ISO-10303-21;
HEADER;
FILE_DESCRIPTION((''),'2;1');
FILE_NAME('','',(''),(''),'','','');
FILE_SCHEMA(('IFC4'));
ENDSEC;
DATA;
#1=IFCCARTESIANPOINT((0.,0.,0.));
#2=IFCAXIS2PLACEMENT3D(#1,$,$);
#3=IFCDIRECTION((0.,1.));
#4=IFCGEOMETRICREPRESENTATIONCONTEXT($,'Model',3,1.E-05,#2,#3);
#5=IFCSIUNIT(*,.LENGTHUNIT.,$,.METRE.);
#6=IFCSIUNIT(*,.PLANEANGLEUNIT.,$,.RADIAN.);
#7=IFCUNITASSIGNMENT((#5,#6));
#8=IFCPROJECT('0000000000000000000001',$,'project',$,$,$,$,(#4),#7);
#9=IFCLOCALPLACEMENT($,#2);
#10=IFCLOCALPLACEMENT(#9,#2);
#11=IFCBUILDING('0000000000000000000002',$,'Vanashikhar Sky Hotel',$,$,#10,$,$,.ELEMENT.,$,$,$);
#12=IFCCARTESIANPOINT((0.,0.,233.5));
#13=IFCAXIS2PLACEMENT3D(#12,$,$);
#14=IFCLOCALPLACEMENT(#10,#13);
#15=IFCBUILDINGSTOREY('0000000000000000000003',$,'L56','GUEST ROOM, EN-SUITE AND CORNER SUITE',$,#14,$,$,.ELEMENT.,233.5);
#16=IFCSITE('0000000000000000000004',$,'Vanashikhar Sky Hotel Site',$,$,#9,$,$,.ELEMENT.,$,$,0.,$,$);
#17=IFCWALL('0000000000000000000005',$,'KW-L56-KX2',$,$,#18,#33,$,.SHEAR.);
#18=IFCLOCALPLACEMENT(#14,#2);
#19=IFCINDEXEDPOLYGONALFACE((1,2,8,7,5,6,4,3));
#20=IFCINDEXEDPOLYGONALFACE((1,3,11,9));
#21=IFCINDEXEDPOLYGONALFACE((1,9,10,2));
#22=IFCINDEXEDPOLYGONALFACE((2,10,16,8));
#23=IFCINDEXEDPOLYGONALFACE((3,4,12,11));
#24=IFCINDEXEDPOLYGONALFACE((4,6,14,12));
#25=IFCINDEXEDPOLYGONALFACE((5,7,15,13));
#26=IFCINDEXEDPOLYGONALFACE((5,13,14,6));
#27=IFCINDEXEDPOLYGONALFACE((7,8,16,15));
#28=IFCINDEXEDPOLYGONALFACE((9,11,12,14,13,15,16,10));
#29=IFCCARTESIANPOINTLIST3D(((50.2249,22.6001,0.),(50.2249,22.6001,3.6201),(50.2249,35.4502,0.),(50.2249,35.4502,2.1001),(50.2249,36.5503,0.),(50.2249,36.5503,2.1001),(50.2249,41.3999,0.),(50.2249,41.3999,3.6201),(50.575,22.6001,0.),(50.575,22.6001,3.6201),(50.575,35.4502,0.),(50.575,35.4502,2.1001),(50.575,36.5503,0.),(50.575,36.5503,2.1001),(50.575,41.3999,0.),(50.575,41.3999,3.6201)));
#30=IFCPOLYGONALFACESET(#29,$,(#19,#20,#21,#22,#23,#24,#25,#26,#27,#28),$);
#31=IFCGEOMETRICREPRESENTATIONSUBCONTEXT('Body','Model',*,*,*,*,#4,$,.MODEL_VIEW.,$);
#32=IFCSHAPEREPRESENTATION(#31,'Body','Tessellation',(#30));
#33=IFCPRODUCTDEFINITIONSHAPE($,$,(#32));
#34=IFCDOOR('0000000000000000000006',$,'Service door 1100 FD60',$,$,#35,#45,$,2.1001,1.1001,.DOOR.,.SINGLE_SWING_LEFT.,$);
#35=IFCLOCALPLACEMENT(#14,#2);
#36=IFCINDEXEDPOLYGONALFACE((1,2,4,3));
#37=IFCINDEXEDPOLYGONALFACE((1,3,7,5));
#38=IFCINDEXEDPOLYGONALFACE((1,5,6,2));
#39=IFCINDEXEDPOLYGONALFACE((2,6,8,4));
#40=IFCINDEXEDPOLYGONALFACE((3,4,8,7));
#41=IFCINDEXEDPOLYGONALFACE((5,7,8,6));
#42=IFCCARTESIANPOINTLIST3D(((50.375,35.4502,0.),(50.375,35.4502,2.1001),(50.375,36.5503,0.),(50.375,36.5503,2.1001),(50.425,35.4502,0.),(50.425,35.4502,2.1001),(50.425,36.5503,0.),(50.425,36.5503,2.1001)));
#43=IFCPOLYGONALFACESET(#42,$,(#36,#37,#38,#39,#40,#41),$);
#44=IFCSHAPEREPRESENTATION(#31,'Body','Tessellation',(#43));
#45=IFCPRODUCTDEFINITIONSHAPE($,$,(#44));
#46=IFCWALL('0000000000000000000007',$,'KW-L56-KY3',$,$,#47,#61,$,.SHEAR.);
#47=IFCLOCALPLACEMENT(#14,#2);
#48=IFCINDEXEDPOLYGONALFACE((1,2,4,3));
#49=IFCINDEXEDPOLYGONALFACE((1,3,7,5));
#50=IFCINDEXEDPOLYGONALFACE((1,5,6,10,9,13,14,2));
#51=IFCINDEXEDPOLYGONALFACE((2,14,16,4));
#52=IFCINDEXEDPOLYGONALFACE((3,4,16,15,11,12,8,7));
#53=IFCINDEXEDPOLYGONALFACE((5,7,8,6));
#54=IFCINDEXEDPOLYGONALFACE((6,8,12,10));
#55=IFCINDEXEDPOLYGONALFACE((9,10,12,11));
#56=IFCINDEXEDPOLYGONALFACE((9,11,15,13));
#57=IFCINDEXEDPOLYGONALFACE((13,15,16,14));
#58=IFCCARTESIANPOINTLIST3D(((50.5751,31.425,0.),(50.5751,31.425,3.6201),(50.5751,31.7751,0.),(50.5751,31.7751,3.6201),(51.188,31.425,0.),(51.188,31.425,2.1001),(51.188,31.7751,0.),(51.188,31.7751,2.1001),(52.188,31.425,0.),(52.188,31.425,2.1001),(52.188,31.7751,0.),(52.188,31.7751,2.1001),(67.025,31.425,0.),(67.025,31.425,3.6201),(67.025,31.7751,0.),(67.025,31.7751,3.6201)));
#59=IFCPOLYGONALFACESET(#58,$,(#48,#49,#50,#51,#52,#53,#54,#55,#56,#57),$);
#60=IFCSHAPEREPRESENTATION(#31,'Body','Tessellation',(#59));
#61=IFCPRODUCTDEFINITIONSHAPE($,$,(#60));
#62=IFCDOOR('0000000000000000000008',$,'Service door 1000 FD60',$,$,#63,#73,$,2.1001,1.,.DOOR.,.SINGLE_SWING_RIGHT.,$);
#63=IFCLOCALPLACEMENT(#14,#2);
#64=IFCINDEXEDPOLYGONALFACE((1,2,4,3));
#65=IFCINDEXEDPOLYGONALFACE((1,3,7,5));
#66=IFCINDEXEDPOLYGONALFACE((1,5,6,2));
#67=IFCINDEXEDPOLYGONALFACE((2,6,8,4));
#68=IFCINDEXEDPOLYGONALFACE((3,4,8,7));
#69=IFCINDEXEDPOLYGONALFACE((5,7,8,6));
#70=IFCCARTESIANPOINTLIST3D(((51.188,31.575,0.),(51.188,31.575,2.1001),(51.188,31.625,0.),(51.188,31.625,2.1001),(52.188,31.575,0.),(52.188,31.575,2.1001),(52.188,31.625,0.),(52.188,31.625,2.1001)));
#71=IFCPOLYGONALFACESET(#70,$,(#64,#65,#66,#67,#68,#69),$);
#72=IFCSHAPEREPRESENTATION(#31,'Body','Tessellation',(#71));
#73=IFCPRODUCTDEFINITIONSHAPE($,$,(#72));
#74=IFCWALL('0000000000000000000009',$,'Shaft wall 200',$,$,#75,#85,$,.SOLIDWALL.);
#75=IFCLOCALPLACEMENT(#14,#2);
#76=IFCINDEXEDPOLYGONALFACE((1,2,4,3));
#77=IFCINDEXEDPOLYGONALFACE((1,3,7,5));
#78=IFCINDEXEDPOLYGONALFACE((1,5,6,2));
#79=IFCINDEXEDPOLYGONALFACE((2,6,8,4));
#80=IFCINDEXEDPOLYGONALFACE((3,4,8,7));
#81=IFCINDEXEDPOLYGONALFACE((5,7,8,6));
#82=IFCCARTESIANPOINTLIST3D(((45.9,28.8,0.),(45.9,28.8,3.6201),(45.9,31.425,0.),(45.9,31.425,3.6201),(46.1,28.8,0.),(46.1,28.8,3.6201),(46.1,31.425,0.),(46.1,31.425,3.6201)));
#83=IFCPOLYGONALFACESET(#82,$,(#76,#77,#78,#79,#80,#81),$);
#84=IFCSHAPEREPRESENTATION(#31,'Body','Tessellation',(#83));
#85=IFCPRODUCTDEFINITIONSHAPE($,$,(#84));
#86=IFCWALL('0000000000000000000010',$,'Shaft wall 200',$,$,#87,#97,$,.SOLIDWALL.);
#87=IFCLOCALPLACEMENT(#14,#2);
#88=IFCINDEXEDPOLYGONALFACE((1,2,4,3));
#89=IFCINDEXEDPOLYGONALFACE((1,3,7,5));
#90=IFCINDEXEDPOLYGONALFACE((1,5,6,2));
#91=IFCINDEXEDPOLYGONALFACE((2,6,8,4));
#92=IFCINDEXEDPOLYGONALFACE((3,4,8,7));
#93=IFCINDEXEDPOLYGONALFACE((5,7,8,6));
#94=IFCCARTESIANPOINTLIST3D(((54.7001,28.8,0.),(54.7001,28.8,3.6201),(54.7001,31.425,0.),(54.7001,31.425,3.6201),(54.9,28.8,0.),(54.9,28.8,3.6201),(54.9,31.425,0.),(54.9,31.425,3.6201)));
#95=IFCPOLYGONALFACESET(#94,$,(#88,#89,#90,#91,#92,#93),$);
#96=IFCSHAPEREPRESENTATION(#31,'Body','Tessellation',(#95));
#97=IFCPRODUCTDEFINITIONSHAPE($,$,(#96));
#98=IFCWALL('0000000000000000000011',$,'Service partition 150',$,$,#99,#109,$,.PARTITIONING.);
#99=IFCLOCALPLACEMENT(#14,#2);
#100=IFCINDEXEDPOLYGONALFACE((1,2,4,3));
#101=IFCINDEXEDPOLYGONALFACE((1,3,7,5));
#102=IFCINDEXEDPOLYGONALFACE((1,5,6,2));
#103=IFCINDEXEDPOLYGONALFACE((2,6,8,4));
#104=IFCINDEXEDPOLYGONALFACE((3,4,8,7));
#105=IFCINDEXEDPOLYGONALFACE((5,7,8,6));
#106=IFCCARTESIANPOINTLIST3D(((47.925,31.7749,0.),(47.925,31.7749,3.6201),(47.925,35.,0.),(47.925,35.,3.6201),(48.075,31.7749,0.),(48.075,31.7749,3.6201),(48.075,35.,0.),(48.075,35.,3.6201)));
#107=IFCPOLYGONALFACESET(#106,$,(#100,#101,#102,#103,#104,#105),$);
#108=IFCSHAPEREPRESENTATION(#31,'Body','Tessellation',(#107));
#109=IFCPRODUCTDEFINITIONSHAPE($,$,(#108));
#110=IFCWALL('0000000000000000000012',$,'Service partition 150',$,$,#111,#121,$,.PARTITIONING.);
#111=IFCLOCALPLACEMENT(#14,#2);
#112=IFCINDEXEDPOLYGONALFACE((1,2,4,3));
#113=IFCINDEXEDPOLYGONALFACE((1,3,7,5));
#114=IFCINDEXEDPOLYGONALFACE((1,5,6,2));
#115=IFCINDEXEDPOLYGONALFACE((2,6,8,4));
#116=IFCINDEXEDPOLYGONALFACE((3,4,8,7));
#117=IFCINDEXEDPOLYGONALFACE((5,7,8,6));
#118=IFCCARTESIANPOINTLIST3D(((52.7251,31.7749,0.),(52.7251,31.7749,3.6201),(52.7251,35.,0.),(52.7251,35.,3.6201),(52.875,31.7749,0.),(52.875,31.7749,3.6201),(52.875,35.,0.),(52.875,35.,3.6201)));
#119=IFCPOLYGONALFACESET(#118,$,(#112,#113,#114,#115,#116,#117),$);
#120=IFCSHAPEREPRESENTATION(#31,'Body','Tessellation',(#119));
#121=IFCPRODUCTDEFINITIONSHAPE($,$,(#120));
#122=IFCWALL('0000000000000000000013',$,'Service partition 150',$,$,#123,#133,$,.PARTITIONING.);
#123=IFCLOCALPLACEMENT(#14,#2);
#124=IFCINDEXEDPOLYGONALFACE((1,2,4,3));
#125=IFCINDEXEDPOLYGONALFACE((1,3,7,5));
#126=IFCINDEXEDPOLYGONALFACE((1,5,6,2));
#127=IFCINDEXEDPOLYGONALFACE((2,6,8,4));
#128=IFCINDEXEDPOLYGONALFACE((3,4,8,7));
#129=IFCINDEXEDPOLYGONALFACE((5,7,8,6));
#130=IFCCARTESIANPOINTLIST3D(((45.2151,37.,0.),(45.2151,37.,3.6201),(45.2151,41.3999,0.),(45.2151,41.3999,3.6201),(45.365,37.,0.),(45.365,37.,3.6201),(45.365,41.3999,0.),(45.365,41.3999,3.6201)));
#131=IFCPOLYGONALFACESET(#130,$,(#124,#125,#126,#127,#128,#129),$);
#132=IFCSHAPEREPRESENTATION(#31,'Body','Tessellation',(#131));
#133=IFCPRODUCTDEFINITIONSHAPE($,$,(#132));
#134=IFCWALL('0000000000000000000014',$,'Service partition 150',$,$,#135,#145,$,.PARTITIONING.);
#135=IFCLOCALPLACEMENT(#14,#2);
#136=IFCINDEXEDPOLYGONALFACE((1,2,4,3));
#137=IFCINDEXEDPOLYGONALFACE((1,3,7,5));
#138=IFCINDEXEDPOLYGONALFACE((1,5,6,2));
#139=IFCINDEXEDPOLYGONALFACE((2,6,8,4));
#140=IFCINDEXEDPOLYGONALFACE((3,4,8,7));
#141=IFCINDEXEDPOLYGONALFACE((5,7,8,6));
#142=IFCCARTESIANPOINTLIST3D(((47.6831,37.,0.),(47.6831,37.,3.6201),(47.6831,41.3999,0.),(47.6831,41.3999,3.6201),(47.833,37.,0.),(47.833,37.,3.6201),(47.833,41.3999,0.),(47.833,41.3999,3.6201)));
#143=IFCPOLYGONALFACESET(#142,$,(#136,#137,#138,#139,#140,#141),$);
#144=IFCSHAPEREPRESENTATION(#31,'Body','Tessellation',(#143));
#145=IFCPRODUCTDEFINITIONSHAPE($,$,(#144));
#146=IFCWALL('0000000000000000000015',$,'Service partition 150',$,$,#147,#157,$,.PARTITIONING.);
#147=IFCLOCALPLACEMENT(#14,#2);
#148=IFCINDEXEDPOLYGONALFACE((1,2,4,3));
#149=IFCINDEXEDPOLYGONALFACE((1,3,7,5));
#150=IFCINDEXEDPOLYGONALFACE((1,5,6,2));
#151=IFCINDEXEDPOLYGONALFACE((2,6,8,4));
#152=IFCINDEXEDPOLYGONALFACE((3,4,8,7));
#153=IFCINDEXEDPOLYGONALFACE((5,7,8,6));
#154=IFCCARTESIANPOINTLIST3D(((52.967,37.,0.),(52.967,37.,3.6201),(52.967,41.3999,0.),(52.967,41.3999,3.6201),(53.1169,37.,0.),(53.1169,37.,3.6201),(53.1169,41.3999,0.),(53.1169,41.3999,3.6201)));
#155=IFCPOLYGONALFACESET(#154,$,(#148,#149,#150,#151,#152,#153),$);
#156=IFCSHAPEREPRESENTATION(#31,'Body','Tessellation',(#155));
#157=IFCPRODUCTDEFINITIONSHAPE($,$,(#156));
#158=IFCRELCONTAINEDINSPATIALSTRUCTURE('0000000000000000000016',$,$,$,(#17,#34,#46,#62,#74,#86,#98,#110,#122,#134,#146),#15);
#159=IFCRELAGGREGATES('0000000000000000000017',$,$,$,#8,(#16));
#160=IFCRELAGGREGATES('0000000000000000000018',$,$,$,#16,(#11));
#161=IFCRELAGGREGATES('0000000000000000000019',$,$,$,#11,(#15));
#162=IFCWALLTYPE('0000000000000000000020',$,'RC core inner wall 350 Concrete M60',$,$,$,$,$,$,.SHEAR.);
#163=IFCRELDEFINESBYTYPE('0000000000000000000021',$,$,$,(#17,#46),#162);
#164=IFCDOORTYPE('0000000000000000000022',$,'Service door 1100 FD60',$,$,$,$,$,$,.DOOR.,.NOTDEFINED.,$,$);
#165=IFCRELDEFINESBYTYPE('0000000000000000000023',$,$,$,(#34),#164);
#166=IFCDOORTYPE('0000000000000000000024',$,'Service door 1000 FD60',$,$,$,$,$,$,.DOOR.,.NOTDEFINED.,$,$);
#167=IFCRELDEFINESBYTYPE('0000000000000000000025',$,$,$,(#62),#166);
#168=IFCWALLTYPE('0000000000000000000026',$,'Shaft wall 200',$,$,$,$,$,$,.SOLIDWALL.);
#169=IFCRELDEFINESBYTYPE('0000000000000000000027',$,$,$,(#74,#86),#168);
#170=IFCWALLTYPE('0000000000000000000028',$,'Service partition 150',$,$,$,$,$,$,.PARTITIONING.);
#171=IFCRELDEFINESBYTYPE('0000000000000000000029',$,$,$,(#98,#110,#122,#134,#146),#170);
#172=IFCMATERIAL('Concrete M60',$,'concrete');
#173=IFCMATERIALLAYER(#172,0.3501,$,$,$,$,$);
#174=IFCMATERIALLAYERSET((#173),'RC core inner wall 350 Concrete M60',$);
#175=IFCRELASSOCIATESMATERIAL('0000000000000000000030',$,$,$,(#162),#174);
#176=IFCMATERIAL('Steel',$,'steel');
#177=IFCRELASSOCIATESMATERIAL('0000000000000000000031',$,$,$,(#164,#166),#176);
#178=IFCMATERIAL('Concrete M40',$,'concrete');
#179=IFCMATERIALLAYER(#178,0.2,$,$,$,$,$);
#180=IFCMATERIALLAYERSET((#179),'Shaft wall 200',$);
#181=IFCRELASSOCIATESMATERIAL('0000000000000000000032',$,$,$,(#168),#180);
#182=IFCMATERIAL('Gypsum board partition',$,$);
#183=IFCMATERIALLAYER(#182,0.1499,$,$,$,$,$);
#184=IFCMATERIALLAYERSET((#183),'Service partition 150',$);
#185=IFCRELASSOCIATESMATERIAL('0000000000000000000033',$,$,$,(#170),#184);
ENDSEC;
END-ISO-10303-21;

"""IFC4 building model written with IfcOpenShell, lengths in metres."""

from ifc_helpers import new_model, si_unit, direction, frame, frame_2d, origin, place, context, subcontext, project, spatial, rectangle, extrude, source, transform, mapped, material, layer, layer_set, type_object, element, fill, save


model = new_model("IFC4")

# Units and contexts
model_context = context("Model", 3, precision=1e-05, world=origin(), true_north=direction((0.0, 1.0)))
body_context = subcontext(model_context, "Body", "Model", "MODEL_VIEW")
ifc_project = project(units=[si_unit("LENGTHUNIT", "METRE"), si_unit("PLANEANGLEUNIT", "RADIAN")], contexts=[model_context])

# Site, building, storey
site_placement = place(None, origin())
site = spatial("IfcSite", under=ifc_project, at=site_placement, Name="Vanashikhar Sky Hotel Site", CompositionType="ELEMENT", RefElevation=0.0)
building_placement = place(site_placement, origin())
building = spatial("IfcBuilding", under=site, at=building_placement, Name="Vanashikhar Sky Hotel", CompositionType="ELEMENT")
storey_placement = place(building_placement, frame((0.0, 0.0, 233.5)))
storey = spatial("IfcBuildingStorey", under=building, at=storey_placement, Name="L56", Description="GUEST ROOM, EN-SUITE AND CORNER SUITE", CompositionType="ELEMENT", Elevation=233.5)

# Walls, openings, doors
ifc_material_1 = material(Name="Concrete M60", Category="concrete")
ifc_layer_1 = layer(ifc_material_1, 0.3501)
ifc_layer_set_1 = layer_set([ifc_layer_1], Name="RC core inner wall 350 Concrete M60")
wall_type_1 = type_object("IfcWallType", Name="RC core inner wall 350 Concrete M60", PredefinedType="SHEAR", material=ifc_layer_set_1)
shared_shape_1 = source(origin(), body_context, "Body", "SweptSolid", [
    extrude(rectangle(XDim=18.7998, YDim=0.3501, at=frame_2d((9.3999, 0.0))), origin(), (0.0, 0.0, 1.0), 3.6201),
])
wall_1_placement = place(storey_placement, frame((50.3999, 22.6001, 0.0), z_axis=(0.0, 0.0, 1.0), x_axis=(0.0, 1.0, 0.0)))
wall_1 = element("IfcWall", 1, at=wall_1_placement, inside=storey, type_object=wall_type_1, Name="KW-L56-KX2", PredefinedType="SHEAR", context=body_context, shape_type="MappedRepresentation", body=[
    mapped(shared_shape_1, transform((0.0, 0.0, 0.0), scale=1.0)),
])
shared_shape_2 = source(origin(), body_context, "Body", "SweptSolid", [
    extrude(rectangle(XDim=1.1001, YDim=2.1001, at=frame_2d((0.55, 1.05))), frame((0.0, 0.1851, 0.0), z_axis=(0.0, -1.0, 0.0), x_axis=(1.0, 0.0, 0.0)), (0.0, 0.0, 1.0), 0.3701),
])
opening_1_placement = place(wall_1_placement, frame((12.8501, 0.0, 0.0)))
opening_1 = element("IfcOpeningElement", 2, at=opening_1_placement, cuts=wall_1, PredefinedType="OPENING", context=body_context, shape_type="MappedRepresentation", body=[
    mapped(shared_shape_2, transform((0.0, 0.0, 0.0), scale=1.0)),
])
ifc_material_2 = material(Name="Steel", Category="steel")
door_type_1 = type_object("IfcDoorType", Name="Service door 1100 FD60", OperationType="NOTDEFINED", PredefinedType="DOOR", material=ifc_material_2)
shared_shape_3 = source(origin(), body_context, "Body", "SweptSolid", [
    extrude(rectangle(XDim=1.1001, YDim=2.1001, at=frame_2d((0.55, 1.05))), frame((0.0, 0.0249, 0.0), z_axis=(0.0, -1.0, 0.0), x_axis=(1.0, 0.0, 0.0)), (0.0, 0.0, 1.0), 0.05),
])
door_1_placement = place(opening_1_placement, origin())
door_1 = element("IfcDoor", 3, at=door_1_placement, inside=storey, type_object=door_type_1, Name="Service door 1100 FD60", OperationType="SINGLE_SWING_LEFT", OverallHeight=2.1001, OverallWidth=1.1001, PredefinedType="DOOR", context=body_context, shape_type="MappedRepresentation", body=[
    mapped(shared_shape_3, transform((0.0, 0.0, 0.0), scale=1.0)),
])
fill(opening_1, door_1)
shared_shape_4 = source(origin(), body_context, "Body", "SweptSolid", [
    extrude(rectangle(XDim=16.45, YDim=0.3501, at=frame_2d((8.2251, 0.0))), origin(), (0.0, 0.0, 1.0), 3.6201),
])
wall_2_placement = place(storey_placement, frame((50.575, 31.6001, 0.0), z_axis=(0.0, 0.0, 1.0), x_axis=(1.0, 0.0, 0.0)))
wall_2 = element("IfcWall", 4, at=wall_2_placement, inside=storey, type_object=wall_type_1, Name="KW-L56-KY3", PredefinedType="SHEAR", context=body_context, shape_type="MappedRepresentation", body=[
    mapped(shared_shape_4, transform((0.0, 0.0, 0.0), scale=1.0)),
])
shared_shape_5 = source(origin(), body_context, "Body", "SweptSolid", [
    extrude(rectangle(XDim=1.0, YDim=2.1001, at=frame_2d((0.5, 1.05))), frame((0.0, 0.1851, 0.0), z_axis=(0.0, -1.0, 0.0), x_axis=(1.0, 0.0, 0.0)), (0.0, 0.0, 1.0), 0.3701),
])
opening_2_placement = place(wall_2_placement, frame((0.613, 0.0, 0.0)))
opening_2 = element("IfcOpeningElement", 5, at=opening_2_placement, cuts=wall_2, PredefinedType="OPENING", context=body_context, shape_type="MappedRepresentation", body=[
    mapped(shared_shape_5, transform((0.0, 0.0, 0.0), scale=1.0)),
])
door_type_2 = type_object("IfcDoorType", Name="Service door 1000 FD60", OperationType="NOTDEFINED", PredefinedType="DOOR", material=ifc_material_2)
shared_shape_6 = source(origin(), body_context, "Body", "SweptSolid", [
    extrude(rectangle(XDim=1.0, YDim=2.1001, at=frame_2d((0.5, 1.05))), frame((0.0, 0.0249, 0.0), z_axis=(0.0, -1.0, 0.0), x_axis=(1.0, 0.0, 0.0)), (0.0, 0.0, 1.0), 0.05),
])
door_2_placement = place(opening_2_placement, origin())
door_2 = element("IfcDoor", 6, at=door_2_placement, inside=storey, type_object=door_type_2, Name="Service door 1000 FD60", OperationType="SINGLE_SWING_RIGHT", OverallHeight=2.1001, OverallWidth=1.0, PredefinedType="DOOR", context=body_context, shape_type="MappedRepresentation", body=[
    mapped(shared_shape_6, transform((0.0, 0.0, 0.0), scale=1.0)),
])
fill(opening_2, door_2)

# Walls
ifc_material_3 = material(Name="Concrete M40", Category="concrete")
ifc_layer_2 = layer(ifc_material_3, 0.2)
ifc_layer_set_2 = layer_set([ifc_layer_2], Name="Shaft wall 200")
wall_type_2 = type_object("IfcWallType", Name="Shaft wall 200", PredefinedType="SOLIDWALL", material=ifc_layer_set_2)
shared_shape_7 = source(origin(), body_context, "Body", "SweptSolid", [
    extrude(rectangle(XDim=2.625, YDim=0.2, at=frame_2d((1.3125, 0.0))), origin(), (0.0, 0.0, 1.0), 3.6201),
])
for number, where, z_axis, x_axis, name in (
    (7, (46.0, 28.8, 0.0), (0.0, 0.0, 1.0), (0.0, 1.0, 0.0), "Shaft wall 200"),
    (8, (54.8, 28.8, 0.0), (0.0, 0.0, 1.0), (0.0, 1.0, 0.0), "Shaft wall 200"),
):
    element("IfcWall", number, at=place(storey_placement, frame(where, z_axis=z_axis, x_axis=x_axis)), inside=storey, type_object=wall_type_2, Name=name, PredefinedType="SOLIDWALL", context=body_context, shape_type="MappedRepresentation", body=[
        mapped(shared_shape_7, transform((0.0, 0.0, 0.0), scale=1.0)),
    ])
ifc_material_4 = material(Name="Gypsum board partition")
ifc_layer_3 = layer(ifc_material_4, 0.1499)
ifc_layer_set_3 = layer_set([ifc_layer_3], Name="Service partition 150")
wall_type_3 = type_object("IfcWallType", Name="Service partition 150", PredefinedType="PARTITIONING", material=ifc_layer_set_3)
shared_shape_8 = source(origin(), body_context, "Body", "SweptSolid", [
    extrude(rectangle(XDim=3.2251, YDim=0.1499, at=frame_2d((1.6125, 0.0))), origin(), (0.0, 0.0, 1.0), 3.6201),
])
for number, where, z_axis, x_axis, name in (
    (9, (48.0, 31.7749, 0.0), (0.0, 0.0, 1.0), (0.0, 1.0, 0.0), "Service partition 150"),
    (10, (52.8, 31.7749, 0.0), (0.0, 0.0, 1.0), (0.0, 1.0, 0.0), "Service partition 150"),
):
    element("IfcWall", number, at=place(storey_placement, frame(where, z_axis=z_axis, x_axis=x_axis)), inside=storey, type_object=wall_type_3, Name=name, PredefinedType="PARTITIONING", context=body_context, shape_type="MappedRepresentation", body=[
        mapped(shared_shape_8, transform((0.0, 0.0, 0.0), scale=1.0)),
    ])
shared_shape_9 = source(origin(), body_context, "Body", "SweptSolid", [
    extrude(rectangle(XDim=4.3999, YDim=0.1499, at=frame_2d((2.2, 0.0))), origin(), (0.0, 0.0, 1.0), 3.6201),
])
for number, where, z_axis, x_axis, name in (
    (11, (45.29, 37.0, 0.0), (0.0, 0.0, 1.0), (0.0, 1.0, 0.0), "Service partition 150"),
    (12, (47.7581, 37.0, 0.0), (0.0, 0.0, 1.0), (0.0, 1.0, 0.0), "Service partition 150"),
    (13, (53.042, 37.0, 0.0), (0.0, 0.0, 1.0), (0.0, 1.0, 0.0), "Service partition 150"),
):
    element("IfcWall", number, at=place(storey_placement, frame(where, z_axis=z_axis, x_axis=x_axis)), inside=storey, type_object=wall_type_3, Name=name, PredefinedType="PARTITIONING", context=body_context, shape_type="MappedRepresentation", body=[
        mapped(shared_shape_9, transform((0.0, 0.0, 0.0), scale=1.0)),
    ])

save(model, "model.ifc")
